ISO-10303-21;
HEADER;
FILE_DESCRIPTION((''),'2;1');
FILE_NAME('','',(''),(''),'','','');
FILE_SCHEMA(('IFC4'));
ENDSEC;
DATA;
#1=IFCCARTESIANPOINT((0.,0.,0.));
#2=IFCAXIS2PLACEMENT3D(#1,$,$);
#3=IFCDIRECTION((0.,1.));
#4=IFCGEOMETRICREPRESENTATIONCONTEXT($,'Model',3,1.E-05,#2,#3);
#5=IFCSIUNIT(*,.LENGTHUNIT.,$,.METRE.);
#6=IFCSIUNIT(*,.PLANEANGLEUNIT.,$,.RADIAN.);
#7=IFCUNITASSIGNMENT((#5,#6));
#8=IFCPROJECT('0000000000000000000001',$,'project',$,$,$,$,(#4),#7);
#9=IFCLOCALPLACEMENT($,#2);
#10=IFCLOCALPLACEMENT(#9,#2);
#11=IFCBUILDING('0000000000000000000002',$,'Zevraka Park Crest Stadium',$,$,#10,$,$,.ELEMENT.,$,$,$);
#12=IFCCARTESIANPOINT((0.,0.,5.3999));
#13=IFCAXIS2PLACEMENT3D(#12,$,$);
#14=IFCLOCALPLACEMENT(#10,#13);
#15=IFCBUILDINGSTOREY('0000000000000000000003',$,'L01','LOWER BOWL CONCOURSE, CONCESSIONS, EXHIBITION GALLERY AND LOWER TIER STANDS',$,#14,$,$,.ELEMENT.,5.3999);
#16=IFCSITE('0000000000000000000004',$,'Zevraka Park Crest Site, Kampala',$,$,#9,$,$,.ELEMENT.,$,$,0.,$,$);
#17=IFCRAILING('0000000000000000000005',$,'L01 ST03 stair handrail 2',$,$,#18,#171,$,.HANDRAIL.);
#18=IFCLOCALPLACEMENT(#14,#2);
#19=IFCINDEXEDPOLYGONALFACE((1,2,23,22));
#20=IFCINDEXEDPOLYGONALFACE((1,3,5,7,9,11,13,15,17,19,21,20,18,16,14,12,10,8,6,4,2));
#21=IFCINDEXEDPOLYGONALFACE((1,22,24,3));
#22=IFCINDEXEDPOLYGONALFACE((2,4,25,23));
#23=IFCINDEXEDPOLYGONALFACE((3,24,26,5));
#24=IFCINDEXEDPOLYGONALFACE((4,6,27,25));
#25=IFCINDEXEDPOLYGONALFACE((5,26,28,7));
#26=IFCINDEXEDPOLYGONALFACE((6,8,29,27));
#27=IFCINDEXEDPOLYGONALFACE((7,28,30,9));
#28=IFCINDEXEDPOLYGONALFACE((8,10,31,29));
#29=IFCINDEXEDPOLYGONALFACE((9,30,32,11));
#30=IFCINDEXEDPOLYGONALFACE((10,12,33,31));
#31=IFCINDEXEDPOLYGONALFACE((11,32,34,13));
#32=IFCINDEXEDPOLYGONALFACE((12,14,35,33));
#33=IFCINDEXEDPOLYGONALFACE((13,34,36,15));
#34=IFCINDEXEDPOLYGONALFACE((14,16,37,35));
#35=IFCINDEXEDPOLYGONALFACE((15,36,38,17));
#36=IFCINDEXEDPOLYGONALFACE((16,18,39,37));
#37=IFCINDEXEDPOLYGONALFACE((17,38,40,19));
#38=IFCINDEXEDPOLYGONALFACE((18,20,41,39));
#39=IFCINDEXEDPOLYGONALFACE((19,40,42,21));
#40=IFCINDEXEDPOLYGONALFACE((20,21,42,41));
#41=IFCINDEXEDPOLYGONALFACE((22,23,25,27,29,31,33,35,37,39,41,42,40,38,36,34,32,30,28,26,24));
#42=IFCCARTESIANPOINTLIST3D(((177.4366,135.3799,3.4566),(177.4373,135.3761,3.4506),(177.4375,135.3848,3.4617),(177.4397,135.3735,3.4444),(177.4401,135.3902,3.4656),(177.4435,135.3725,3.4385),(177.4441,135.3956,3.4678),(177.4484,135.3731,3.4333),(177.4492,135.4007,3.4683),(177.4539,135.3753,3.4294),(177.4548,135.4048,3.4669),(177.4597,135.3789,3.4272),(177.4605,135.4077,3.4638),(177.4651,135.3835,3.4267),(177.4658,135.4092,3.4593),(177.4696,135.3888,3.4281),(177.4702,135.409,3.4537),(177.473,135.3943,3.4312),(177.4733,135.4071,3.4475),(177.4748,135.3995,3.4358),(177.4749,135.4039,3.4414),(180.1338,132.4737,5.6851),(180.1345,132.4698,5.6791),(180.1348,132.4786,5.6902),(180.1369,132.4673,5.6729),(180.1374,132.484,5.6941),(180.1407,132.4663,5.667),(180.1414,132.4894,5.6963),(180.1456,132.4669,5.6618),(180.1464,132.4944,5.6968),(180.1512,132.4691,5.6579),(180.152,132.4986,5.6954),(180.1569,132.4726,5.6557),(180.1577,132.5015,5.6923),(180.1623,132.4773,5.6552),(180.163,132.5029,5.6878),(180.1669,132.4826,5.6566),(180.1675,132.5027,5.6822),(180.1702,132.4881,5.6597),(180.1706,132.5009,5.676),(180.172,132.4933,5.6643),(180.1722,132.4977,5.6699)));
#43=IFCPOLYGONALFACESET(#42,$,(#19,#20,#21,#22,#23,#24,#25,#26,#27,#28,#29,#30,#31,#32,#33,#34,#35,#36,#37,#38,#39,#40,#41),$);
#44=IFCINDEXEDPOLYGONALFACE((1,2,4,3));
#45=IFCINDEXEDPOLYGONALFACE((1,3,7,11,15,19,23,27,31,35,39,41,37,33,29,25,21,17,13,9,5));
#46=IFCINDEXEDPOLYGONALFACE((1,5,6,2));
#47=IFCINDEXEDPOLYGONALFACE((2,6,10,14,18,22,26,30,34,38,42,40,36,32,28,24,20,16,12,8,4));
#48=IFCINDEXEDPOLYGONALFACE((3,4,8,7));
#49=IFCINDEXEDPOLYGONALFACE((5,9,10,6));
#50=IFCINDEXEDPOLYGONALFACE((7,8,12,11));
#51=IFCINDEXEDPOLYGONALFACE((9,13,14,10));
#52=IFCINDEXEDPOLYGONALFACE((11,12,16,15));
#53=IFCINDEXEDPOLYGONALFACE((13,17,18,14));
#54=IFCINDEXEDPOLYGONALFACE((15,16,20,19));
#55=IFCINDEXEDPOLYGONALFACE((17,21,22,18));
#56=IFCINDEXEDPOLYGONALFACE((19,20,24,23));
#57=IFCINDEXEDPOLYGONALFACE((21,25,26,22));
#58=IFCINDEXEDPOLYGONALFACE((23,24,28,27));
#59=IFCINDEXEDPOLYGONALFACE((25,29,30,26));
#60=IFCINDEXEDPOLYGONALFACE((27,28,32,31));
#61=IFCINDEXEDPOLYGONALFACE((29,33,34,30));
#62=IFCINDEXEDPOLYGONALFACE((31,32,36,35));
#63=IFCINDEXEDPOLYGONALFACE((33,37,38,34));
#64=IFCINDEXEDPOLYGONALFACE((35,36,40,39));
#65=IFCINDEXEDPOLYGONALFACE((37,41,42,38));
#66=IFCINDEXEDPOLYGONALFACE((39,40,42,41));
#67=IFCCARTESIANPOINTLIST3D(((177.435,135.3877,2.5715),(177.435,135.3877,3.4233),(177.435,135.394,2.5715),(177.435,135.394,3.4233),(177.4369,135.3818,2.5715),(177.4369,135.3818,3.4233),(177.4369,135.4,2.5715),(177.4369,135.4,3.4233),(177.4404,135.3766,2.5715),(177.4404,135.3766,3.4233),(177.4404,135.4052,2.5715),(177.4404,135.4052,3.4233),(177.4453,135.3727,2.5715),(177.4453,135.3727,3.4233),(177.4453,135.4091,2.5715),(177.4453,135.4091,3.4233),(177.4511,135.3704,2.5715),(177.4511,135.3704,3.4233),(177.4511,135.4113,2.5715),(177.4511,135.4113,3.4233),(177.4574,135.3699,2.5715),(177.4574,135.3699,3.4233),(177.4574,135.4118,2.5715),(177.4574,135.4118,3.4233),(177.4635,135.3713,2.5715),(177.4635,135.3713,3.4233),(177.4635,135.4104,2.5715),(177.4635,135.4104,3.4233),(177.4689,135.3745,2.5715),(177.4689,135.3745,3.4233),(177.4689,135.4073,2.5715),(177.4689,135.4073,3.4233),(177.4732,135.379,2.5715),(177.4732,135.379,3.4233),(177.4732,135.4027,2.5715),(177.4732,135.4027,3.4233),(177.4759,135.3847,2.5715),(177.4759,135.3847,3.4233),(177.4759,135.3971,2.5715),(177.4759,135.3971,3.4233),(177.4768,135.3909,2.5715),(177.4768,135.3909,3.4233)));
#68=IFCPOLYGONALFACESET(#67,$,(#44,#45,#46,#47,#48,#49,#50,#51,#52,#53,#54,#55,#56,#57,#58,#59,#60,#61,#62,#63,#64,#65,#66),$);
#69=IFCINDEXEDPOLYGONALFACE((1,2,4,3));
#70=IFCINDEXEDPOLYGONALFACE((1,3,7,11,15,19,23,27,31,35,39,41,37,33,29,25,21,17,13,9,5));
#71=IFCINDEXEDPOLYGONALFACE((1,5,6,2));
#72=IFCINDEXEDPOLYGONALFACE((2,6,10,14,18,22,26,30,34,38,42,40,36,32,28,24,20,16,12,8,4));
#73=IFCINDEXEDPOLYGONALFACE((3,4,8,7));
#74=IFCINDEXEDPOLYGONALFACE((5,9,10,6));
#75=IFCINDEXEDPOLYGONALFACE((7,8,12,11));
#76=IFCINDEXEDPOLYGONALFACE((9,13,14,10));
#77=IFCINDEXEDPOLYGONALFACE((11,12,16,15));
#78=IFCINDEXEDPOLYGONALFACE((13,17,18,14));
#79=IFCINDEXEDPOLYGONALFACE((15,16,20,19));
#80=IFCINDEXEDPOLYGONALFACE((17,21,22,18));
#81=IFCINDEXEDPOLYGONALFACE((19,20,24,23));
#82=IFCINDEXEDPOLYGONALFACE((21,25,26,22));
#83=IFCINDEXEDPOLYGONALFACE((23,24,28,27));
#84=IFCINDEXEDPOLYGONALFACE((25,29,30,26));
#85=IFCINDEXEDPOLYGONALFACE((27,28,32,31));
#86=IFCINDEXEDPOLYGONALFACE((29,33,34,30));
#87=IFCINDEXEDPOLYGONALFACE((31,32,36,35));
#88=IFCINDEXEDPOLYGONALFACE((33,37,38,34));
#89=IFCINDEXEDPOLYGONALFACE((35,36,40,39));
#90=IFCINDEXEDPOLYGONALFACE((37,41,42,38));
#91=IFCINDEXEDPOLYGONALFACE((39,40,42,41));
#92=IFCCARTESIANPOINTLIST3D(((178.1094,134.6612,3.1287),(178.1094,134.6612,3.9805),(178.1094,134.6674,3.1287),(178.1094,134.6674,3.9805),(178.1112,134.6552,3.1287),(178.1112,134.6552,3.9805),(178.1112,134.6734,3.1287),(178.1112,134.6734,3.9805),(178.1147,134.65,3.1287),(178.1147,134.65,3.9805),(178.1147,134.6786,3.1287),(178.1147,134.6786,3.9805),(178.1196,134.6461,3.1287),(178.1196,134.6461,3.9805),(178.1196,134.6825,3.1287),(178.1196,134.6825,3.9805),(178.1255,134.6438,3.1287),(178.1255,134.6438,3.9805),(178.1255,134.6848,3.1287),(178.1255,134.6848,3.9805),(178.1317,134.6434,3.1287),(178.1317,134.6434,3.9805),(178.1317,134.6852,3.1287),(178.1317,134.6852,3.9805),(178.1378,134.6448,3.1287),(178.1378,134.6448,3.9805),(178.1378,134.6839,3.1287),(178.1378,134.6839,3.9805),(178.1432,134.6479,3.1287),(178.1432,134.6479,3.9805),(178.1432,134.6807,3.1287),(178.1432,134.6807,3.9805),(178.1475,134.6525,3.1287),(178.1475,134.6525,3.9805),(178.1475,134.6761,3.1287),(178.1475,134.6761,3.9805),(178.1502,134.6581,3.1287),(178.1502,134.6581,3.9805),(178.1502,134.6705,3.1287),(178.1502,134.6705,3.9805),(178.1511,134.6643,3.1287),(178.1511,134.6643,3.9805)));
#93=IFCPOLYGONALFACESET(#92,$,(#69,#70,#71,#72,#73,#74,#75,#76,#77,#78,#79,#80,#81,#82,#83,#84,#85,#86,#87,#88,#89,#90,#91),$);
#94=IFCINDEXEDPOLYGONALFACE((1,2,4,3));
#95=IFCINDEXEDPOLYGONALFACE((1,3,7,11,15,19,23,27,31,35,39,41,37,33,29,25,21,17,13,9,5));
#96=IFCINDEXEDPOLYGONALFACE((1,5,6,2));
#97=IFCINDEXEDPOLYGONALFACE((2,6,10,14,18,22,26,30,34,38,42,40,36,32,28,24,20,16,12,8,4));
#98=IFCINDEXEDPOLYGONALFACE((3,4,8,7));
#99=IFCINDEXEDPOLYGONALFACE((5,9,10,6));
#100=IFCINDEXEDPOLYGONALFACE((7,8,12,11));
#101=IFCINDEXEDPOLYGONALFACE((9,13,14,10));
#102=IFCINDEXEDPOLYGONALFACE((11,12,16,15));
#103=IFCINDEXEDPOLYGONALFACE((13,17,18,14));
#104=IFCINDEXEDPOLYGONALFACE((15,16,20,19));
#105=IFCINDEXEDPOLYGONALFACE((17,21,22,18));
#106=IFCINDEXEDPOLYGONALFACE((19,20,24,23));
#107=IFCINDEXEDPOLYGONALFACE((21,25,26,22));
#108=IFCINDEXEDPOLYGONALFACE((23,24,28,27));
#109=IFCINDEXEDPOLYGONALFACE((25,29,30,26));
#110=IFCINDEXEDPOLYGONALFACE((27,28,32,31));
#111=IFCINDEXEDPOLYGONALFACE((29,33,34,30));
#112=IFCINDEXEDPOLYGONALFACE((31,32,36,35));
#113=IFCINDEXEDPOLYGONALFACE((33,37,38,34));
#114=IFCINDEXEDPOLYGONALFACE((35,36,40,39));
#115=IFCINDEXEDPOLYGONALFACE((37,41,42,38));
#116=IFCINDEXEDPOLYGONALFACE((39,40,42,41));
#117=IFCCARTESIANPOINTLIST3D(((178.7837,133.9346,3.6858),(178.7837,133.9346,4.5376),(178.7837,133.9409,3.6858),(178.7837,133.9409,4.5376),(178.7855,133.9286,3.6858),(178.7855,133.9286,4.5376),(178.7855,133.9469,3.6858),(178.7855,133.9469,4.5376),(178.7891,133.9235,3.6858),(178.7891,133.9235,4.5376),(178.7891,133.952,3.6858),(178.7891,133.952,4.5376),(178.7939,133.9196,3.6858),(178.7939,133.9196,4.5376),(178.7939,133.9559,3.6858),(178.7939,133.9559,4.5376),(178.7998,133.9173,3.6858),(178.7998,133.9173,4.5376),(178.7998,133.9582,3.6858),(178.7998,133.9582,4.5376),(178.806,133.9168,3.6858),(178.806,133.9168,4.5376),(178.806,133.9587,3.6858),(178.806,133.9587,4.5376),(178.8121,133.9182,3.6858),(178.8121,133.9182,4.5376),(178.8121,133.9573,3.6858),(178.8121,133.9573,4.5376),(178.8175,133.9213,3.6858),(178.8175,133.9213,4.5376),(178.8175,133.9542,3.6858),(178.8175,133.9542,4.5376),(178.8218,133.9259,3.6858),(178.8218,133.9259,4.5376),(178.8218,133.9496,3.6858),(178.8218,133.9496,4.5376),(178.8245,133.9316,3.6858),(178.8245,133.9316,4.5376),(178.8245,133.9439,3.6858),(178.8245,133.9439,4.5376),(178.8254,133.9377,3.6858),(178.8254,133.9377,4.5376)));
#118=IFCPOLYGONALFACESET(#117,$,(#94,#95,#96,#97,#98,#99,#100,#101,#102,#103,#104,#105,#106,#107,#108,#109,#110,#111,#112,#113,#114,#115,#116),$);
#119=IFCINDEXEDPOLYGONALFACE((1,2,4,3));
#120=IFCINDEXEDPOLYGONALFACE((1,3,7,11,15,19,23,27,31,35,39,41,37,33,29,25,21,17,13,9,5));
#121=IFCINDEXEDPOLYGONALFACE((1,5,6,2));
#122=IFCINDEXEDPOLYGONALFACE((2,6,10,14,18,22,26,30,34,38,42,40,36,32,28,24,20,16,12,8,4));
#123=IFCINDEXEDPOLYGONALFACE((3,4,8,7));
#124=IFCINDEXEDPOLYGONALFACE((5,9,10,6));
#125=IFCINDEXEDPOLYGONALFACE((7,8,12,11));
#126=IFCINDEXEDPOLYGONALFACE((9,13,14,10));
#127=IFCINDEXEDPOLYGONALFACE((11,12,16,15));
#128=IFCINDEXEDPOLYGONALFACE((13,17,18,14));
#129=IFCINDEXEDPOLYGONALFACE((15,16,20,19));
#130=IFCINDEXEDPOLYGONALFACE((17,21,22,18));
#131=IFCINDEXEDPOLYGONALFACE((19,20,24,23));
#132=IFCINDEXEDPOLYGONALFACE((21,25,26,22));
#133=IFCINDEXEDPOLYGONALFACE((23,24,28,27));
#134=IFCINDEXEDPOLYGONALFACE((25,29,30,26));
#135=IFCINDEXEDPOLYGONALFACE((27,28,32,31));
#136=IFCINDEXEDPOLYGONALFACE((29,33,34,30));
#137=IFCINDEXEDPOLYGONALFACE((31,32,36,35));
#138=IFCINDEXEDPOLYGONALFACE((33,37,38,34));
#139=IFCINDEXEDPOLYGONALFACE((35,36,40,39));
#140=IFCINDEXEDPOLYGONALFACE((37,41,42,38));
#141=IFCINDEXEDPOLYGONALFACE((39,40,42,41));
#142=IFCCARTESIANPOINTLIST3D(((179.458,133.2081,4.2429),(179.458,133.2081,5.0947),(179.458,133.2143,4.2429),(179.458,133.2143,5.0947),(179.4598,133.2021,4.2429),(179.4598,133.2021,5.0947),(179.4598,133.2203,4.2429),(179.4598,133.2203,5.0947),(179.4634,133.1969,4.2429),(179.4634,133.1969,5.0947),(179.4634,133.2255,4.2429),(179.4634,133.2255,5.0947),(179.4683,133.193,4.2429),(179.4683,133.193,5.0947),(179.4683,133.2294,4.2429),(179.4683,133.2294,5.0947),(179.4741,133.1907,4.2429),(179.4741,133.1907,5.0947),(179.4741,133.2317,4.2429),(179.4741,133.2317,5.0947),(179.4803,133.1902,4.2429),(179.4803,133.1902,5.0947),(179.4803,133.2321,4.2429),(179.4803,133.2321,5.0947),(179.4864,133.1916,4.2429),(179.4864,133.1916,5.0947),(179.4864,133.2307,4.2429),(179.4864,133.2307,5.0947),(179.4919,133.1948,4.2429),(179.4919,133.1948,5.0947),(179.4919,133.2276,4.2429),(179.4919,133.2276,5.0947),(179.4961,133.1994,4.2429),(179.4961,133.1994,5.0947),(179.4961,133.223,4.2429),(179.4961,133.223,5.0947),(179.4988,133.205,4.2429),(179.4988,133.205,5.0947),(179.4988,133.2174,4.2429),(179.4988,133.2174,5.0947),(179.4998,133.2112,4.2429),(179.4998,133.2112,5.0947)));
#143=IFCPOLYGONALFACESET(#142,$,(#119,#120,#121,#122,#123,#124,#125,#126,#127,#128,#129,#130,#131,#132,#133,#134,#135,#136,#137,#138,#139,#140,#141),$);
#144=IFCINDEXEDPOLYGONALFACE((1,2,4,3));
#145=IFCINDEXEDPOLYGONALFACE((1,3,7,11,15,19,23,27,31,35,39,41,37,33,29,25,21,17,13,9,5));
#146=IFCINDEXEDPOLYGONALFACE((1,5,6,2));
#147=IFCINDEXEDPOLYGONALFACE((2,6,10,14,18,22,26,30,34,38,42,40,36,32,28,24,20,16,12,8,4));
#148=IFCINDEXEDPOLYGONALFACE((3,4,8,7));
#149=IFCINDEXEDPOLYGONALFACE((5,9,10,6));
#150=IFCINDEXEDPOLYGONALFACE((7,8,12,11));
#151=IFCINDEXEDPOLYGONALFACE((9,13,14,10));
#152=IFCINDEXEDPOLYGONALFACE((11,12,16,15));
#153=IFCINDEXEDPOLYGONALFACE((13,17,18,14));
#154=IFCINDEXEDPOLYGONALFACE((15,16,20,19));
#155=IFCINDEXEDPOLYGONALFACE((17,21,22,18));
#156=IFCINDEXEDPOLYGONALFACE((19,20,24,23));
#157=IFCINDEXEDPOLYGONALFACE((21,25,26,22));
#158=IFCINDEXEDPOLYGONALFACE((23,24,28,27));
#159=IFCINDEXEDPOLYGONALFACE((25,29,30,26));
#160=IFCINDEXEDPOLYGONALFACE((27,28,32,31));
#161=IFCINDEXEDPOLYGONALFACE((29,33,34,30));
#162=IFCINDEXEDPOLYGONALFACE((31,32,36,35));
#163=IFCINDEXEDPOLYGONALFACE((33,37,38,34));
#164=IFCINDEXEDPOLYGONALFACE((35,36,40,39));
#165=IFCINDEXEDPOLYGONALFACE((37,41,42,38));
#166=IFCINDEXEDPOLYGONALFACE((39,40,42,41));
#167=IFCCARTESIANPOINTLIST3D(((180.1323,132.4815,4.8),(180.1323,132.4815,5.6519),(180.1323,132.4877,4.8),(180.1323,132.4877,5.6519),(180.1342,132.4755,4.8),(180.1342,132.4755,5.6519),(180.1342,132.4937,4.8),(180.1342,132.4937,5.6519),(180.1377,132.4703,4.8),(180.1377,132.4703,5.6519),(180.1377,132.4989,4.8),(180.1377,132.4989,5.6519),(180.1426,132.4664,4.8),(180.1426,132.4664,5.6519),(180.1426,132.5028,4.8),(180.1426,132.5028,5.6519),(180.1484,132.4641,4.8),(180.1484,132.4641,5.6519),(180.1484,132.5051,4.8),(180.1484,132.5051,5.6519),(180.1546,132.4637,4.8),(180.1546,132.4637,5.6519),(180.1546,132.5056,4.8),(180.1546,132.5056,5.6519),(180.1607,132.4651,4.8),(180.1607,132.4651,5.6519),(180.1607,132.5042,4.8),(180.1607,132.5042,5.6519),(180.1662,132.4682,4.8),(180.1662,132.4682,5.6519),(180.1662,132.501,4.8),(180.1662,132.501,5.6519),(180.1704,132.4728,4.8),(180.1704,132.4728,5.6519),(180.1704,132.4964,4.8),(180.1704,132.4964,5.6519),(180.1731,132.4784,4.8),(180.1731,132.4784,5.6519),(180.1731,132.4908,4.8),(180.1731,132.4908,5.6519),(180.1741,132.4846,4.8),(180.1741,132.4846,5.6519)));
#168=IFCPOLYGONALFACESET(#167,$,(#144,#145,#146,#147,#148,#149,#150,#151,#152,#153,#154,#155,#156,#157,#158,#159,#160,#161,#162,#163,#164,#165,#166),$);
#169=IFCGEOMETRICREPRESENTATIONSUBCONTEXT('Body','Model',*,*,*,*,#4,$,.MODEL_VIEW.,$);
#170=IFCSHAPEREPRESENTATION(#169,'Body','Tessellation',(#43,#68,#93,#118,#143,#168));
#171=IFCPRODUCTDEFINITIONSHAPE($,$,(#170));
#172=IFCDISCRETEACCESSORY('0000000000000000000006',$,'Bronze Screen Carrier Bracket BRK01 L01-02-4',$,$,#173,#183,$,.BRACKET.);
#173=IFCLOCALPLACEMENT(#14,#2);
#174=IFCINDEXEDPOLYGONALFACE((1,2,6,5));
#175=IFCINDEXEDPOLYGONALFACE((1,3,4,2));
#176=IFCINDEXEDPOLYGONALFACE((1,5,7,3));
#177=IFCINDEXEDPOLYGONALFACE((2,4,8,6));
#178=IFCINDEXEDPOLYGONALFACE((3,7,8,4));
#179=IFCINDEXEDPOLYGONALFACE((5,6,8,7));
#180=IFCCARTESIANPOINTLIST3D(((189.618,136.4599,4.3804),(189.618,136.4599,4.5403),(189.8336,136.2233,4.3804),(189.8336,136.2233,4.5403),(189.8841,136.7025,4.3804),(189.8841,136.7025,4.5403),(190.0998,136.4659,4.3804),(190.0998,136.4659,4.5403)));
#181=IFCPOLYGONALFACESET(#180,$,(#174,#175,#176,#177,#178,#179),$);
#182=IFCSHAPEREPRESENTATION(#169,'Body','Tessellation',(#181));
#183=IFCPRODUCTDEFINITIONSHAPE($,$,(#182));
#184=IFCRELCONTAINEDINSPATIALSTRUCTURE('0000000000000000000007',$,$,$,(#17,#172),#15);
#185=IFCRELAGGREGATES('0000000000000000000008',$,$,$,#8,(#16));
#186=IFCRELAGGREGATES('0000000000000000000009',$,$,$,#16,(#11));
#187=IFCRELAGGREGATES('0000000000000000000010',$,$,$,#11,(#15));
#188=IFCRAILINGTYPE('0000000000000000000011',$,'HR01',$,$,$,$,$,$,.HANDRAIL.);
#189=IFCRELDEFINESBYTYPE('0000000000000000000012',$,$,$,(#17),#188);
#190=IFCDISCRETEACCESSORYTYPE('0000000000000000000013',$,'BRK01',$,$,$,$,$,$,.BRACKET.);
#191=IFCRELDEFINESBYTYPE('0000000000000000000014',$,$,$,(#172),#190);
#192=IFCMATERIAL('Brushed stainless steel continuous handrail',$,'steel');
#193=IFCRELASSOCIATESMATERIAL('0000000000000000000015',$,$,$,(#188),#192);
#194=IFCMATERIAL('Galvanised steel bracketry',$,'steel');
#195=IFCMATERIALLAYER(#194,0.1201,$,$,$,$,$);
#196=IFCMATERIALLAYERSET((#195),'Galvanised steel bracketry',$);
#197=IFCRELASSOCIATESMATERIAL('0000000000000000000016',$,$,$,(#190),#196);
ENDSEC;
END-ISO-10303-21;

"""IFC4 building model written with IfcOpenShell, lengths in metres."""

from ifc_helpers import new_model, si_unit, direction, frame, origin, origin_2d, place, context, subcontext, project, spatial, rectangle, circle, extrude, material, layer, layer_set, type_object, element, save


model = new_model("IFC4")

# Units and contexts
model_context = context("Model", 3, precision=1e-05, world=origin(), true_north=direction((0.0, 1.0)))
body_context = subcontext(model_context, "Body", "Model", "MODEL_VIEW")
ifc_project = project(units=[si_unit("LENGTHUNIT", "METRE"), si_unit("PLANEANGLEUNIT", "RADIAN")], contexts=[model_context])

# Site, building, storey
site_placement = place(None, origin())
site = spatial("IfcSite", under=ifc_project, at=site_placement, Name="Zevraka Park Crest Site, Kampala", CompositionType="ELEMENT", RefElevation=0.0)
building_placement = place(site_placement, origin())
building = spatial("IfcBuilding", under=site, at=building_placement, Name="Zevraka Park Crest Stadium", CompositionType="ELEMENT")
storey_placement = place(building_placement, frame((0.0, 0.0, 5.3999)))
storey = spatial("IfcBuildingStorey", under=building, at=storey_placement, Name="L01", Description="LOWER BOWL CONCOURSE, CONCESSIONS, EXHIBITION GALLERY AND LOWER TIER STANDS", CompositionType="ELEMENT", Elevation=5.3999)

# Railing
ifc_material_1 = material(Name="Brushed stainless steel continuous handrail", Category="steel")
railing_type_1 = type_object("IfcRailingType", Name="HR01", PredefinedType="HANDRAIL", material=ifc_material_1)
railing_1_placement = place(storey_placement, frame((177.4558, 135.3909, 2.5715)))
element("IfcRailing", 1, at=railing_1_placement, inside=storey, type_object=railing_type_1, Name="L01 ST03 stair handrail 2", PredefinedType="HANDRAIL", context=body_context, shape_type="SweptSolid", body=[
    extrude(circle(Radius=0.0239, at=origin_2d()), frame((0.0, 0.0, 0.876), z_axis=(0.593016, -0.638963, 0.489957), x_axis=(0.732969, 0.680262, 0.0)), (0.0, 0.0, 1.0), 4.5483),
    extrude(circle(Radius=0.021, at=origin_2d()), origin(), (0.0, 0.0, 1.0), 0.8518),
    extrude(circle(Radius=0.021, at=origin_2d()), frame((0.6743, -0.7266, 0.5571)), (0.0, 0.0, 1.0), 0.8518),
    extrude(circle(Radius=0.021, at=origin_2d()), frame((1.3486, -1.4531, 1.1143)), (0.0, 0.0, 1.0), 0.8518),
    extrude(circle(Radius=0.021, at=origin_2d()), frame((2.0229, -2.1797, 1.6714)), (0.0, 0.0, 1.0), 0.8518),
    extrude(circle(Radius=0.021, at=origin_2d()), frame((2.6973, -2.9062, 2.2285)), (0.0, 0.0, 1.0), 0.8518),
])

# Discrete accessory
ifc_material_2 = material(Name="Galvanised steel bracketry", Category="steel")
ifc_layer_1 = layer(ifc_material_2, 0.1201)
ifc_layer_set_1 = layer_set([ifc_layer_1], Name="Galvanised steel bracketry")
discrete_accessory_type = type_object("IfcDiscreteAccessoryType", Name="BRK01", PredefinedType="BRACKET", material=ifc_layer_set_1)
discrete_accessory_placement = place(storey_placement, frame((189.8589, 136.4629, 4.3804), z_axis=(0.0, 0.0, 1.0), x_axis=(-0.673658, 0.739043, 0.0)))
element("IfcDiscreteAccessory", 2, at=discrete_accessory_placement, inside=storey, type_object=discrete_accessory_type, Name="Bronze Screen Carrier Bracket BRK01 L01-02-4", PredefinedType="BRACKET", context=body_context, shape_type="SweptSolid", body=[
    extrude(rectangle(XDim=0.3201, YDim=0.3601, at=origin_2d()), origin(), (0.0, 0.0, 1.0), 0.1599),
])

save(model, "model.ifc")
